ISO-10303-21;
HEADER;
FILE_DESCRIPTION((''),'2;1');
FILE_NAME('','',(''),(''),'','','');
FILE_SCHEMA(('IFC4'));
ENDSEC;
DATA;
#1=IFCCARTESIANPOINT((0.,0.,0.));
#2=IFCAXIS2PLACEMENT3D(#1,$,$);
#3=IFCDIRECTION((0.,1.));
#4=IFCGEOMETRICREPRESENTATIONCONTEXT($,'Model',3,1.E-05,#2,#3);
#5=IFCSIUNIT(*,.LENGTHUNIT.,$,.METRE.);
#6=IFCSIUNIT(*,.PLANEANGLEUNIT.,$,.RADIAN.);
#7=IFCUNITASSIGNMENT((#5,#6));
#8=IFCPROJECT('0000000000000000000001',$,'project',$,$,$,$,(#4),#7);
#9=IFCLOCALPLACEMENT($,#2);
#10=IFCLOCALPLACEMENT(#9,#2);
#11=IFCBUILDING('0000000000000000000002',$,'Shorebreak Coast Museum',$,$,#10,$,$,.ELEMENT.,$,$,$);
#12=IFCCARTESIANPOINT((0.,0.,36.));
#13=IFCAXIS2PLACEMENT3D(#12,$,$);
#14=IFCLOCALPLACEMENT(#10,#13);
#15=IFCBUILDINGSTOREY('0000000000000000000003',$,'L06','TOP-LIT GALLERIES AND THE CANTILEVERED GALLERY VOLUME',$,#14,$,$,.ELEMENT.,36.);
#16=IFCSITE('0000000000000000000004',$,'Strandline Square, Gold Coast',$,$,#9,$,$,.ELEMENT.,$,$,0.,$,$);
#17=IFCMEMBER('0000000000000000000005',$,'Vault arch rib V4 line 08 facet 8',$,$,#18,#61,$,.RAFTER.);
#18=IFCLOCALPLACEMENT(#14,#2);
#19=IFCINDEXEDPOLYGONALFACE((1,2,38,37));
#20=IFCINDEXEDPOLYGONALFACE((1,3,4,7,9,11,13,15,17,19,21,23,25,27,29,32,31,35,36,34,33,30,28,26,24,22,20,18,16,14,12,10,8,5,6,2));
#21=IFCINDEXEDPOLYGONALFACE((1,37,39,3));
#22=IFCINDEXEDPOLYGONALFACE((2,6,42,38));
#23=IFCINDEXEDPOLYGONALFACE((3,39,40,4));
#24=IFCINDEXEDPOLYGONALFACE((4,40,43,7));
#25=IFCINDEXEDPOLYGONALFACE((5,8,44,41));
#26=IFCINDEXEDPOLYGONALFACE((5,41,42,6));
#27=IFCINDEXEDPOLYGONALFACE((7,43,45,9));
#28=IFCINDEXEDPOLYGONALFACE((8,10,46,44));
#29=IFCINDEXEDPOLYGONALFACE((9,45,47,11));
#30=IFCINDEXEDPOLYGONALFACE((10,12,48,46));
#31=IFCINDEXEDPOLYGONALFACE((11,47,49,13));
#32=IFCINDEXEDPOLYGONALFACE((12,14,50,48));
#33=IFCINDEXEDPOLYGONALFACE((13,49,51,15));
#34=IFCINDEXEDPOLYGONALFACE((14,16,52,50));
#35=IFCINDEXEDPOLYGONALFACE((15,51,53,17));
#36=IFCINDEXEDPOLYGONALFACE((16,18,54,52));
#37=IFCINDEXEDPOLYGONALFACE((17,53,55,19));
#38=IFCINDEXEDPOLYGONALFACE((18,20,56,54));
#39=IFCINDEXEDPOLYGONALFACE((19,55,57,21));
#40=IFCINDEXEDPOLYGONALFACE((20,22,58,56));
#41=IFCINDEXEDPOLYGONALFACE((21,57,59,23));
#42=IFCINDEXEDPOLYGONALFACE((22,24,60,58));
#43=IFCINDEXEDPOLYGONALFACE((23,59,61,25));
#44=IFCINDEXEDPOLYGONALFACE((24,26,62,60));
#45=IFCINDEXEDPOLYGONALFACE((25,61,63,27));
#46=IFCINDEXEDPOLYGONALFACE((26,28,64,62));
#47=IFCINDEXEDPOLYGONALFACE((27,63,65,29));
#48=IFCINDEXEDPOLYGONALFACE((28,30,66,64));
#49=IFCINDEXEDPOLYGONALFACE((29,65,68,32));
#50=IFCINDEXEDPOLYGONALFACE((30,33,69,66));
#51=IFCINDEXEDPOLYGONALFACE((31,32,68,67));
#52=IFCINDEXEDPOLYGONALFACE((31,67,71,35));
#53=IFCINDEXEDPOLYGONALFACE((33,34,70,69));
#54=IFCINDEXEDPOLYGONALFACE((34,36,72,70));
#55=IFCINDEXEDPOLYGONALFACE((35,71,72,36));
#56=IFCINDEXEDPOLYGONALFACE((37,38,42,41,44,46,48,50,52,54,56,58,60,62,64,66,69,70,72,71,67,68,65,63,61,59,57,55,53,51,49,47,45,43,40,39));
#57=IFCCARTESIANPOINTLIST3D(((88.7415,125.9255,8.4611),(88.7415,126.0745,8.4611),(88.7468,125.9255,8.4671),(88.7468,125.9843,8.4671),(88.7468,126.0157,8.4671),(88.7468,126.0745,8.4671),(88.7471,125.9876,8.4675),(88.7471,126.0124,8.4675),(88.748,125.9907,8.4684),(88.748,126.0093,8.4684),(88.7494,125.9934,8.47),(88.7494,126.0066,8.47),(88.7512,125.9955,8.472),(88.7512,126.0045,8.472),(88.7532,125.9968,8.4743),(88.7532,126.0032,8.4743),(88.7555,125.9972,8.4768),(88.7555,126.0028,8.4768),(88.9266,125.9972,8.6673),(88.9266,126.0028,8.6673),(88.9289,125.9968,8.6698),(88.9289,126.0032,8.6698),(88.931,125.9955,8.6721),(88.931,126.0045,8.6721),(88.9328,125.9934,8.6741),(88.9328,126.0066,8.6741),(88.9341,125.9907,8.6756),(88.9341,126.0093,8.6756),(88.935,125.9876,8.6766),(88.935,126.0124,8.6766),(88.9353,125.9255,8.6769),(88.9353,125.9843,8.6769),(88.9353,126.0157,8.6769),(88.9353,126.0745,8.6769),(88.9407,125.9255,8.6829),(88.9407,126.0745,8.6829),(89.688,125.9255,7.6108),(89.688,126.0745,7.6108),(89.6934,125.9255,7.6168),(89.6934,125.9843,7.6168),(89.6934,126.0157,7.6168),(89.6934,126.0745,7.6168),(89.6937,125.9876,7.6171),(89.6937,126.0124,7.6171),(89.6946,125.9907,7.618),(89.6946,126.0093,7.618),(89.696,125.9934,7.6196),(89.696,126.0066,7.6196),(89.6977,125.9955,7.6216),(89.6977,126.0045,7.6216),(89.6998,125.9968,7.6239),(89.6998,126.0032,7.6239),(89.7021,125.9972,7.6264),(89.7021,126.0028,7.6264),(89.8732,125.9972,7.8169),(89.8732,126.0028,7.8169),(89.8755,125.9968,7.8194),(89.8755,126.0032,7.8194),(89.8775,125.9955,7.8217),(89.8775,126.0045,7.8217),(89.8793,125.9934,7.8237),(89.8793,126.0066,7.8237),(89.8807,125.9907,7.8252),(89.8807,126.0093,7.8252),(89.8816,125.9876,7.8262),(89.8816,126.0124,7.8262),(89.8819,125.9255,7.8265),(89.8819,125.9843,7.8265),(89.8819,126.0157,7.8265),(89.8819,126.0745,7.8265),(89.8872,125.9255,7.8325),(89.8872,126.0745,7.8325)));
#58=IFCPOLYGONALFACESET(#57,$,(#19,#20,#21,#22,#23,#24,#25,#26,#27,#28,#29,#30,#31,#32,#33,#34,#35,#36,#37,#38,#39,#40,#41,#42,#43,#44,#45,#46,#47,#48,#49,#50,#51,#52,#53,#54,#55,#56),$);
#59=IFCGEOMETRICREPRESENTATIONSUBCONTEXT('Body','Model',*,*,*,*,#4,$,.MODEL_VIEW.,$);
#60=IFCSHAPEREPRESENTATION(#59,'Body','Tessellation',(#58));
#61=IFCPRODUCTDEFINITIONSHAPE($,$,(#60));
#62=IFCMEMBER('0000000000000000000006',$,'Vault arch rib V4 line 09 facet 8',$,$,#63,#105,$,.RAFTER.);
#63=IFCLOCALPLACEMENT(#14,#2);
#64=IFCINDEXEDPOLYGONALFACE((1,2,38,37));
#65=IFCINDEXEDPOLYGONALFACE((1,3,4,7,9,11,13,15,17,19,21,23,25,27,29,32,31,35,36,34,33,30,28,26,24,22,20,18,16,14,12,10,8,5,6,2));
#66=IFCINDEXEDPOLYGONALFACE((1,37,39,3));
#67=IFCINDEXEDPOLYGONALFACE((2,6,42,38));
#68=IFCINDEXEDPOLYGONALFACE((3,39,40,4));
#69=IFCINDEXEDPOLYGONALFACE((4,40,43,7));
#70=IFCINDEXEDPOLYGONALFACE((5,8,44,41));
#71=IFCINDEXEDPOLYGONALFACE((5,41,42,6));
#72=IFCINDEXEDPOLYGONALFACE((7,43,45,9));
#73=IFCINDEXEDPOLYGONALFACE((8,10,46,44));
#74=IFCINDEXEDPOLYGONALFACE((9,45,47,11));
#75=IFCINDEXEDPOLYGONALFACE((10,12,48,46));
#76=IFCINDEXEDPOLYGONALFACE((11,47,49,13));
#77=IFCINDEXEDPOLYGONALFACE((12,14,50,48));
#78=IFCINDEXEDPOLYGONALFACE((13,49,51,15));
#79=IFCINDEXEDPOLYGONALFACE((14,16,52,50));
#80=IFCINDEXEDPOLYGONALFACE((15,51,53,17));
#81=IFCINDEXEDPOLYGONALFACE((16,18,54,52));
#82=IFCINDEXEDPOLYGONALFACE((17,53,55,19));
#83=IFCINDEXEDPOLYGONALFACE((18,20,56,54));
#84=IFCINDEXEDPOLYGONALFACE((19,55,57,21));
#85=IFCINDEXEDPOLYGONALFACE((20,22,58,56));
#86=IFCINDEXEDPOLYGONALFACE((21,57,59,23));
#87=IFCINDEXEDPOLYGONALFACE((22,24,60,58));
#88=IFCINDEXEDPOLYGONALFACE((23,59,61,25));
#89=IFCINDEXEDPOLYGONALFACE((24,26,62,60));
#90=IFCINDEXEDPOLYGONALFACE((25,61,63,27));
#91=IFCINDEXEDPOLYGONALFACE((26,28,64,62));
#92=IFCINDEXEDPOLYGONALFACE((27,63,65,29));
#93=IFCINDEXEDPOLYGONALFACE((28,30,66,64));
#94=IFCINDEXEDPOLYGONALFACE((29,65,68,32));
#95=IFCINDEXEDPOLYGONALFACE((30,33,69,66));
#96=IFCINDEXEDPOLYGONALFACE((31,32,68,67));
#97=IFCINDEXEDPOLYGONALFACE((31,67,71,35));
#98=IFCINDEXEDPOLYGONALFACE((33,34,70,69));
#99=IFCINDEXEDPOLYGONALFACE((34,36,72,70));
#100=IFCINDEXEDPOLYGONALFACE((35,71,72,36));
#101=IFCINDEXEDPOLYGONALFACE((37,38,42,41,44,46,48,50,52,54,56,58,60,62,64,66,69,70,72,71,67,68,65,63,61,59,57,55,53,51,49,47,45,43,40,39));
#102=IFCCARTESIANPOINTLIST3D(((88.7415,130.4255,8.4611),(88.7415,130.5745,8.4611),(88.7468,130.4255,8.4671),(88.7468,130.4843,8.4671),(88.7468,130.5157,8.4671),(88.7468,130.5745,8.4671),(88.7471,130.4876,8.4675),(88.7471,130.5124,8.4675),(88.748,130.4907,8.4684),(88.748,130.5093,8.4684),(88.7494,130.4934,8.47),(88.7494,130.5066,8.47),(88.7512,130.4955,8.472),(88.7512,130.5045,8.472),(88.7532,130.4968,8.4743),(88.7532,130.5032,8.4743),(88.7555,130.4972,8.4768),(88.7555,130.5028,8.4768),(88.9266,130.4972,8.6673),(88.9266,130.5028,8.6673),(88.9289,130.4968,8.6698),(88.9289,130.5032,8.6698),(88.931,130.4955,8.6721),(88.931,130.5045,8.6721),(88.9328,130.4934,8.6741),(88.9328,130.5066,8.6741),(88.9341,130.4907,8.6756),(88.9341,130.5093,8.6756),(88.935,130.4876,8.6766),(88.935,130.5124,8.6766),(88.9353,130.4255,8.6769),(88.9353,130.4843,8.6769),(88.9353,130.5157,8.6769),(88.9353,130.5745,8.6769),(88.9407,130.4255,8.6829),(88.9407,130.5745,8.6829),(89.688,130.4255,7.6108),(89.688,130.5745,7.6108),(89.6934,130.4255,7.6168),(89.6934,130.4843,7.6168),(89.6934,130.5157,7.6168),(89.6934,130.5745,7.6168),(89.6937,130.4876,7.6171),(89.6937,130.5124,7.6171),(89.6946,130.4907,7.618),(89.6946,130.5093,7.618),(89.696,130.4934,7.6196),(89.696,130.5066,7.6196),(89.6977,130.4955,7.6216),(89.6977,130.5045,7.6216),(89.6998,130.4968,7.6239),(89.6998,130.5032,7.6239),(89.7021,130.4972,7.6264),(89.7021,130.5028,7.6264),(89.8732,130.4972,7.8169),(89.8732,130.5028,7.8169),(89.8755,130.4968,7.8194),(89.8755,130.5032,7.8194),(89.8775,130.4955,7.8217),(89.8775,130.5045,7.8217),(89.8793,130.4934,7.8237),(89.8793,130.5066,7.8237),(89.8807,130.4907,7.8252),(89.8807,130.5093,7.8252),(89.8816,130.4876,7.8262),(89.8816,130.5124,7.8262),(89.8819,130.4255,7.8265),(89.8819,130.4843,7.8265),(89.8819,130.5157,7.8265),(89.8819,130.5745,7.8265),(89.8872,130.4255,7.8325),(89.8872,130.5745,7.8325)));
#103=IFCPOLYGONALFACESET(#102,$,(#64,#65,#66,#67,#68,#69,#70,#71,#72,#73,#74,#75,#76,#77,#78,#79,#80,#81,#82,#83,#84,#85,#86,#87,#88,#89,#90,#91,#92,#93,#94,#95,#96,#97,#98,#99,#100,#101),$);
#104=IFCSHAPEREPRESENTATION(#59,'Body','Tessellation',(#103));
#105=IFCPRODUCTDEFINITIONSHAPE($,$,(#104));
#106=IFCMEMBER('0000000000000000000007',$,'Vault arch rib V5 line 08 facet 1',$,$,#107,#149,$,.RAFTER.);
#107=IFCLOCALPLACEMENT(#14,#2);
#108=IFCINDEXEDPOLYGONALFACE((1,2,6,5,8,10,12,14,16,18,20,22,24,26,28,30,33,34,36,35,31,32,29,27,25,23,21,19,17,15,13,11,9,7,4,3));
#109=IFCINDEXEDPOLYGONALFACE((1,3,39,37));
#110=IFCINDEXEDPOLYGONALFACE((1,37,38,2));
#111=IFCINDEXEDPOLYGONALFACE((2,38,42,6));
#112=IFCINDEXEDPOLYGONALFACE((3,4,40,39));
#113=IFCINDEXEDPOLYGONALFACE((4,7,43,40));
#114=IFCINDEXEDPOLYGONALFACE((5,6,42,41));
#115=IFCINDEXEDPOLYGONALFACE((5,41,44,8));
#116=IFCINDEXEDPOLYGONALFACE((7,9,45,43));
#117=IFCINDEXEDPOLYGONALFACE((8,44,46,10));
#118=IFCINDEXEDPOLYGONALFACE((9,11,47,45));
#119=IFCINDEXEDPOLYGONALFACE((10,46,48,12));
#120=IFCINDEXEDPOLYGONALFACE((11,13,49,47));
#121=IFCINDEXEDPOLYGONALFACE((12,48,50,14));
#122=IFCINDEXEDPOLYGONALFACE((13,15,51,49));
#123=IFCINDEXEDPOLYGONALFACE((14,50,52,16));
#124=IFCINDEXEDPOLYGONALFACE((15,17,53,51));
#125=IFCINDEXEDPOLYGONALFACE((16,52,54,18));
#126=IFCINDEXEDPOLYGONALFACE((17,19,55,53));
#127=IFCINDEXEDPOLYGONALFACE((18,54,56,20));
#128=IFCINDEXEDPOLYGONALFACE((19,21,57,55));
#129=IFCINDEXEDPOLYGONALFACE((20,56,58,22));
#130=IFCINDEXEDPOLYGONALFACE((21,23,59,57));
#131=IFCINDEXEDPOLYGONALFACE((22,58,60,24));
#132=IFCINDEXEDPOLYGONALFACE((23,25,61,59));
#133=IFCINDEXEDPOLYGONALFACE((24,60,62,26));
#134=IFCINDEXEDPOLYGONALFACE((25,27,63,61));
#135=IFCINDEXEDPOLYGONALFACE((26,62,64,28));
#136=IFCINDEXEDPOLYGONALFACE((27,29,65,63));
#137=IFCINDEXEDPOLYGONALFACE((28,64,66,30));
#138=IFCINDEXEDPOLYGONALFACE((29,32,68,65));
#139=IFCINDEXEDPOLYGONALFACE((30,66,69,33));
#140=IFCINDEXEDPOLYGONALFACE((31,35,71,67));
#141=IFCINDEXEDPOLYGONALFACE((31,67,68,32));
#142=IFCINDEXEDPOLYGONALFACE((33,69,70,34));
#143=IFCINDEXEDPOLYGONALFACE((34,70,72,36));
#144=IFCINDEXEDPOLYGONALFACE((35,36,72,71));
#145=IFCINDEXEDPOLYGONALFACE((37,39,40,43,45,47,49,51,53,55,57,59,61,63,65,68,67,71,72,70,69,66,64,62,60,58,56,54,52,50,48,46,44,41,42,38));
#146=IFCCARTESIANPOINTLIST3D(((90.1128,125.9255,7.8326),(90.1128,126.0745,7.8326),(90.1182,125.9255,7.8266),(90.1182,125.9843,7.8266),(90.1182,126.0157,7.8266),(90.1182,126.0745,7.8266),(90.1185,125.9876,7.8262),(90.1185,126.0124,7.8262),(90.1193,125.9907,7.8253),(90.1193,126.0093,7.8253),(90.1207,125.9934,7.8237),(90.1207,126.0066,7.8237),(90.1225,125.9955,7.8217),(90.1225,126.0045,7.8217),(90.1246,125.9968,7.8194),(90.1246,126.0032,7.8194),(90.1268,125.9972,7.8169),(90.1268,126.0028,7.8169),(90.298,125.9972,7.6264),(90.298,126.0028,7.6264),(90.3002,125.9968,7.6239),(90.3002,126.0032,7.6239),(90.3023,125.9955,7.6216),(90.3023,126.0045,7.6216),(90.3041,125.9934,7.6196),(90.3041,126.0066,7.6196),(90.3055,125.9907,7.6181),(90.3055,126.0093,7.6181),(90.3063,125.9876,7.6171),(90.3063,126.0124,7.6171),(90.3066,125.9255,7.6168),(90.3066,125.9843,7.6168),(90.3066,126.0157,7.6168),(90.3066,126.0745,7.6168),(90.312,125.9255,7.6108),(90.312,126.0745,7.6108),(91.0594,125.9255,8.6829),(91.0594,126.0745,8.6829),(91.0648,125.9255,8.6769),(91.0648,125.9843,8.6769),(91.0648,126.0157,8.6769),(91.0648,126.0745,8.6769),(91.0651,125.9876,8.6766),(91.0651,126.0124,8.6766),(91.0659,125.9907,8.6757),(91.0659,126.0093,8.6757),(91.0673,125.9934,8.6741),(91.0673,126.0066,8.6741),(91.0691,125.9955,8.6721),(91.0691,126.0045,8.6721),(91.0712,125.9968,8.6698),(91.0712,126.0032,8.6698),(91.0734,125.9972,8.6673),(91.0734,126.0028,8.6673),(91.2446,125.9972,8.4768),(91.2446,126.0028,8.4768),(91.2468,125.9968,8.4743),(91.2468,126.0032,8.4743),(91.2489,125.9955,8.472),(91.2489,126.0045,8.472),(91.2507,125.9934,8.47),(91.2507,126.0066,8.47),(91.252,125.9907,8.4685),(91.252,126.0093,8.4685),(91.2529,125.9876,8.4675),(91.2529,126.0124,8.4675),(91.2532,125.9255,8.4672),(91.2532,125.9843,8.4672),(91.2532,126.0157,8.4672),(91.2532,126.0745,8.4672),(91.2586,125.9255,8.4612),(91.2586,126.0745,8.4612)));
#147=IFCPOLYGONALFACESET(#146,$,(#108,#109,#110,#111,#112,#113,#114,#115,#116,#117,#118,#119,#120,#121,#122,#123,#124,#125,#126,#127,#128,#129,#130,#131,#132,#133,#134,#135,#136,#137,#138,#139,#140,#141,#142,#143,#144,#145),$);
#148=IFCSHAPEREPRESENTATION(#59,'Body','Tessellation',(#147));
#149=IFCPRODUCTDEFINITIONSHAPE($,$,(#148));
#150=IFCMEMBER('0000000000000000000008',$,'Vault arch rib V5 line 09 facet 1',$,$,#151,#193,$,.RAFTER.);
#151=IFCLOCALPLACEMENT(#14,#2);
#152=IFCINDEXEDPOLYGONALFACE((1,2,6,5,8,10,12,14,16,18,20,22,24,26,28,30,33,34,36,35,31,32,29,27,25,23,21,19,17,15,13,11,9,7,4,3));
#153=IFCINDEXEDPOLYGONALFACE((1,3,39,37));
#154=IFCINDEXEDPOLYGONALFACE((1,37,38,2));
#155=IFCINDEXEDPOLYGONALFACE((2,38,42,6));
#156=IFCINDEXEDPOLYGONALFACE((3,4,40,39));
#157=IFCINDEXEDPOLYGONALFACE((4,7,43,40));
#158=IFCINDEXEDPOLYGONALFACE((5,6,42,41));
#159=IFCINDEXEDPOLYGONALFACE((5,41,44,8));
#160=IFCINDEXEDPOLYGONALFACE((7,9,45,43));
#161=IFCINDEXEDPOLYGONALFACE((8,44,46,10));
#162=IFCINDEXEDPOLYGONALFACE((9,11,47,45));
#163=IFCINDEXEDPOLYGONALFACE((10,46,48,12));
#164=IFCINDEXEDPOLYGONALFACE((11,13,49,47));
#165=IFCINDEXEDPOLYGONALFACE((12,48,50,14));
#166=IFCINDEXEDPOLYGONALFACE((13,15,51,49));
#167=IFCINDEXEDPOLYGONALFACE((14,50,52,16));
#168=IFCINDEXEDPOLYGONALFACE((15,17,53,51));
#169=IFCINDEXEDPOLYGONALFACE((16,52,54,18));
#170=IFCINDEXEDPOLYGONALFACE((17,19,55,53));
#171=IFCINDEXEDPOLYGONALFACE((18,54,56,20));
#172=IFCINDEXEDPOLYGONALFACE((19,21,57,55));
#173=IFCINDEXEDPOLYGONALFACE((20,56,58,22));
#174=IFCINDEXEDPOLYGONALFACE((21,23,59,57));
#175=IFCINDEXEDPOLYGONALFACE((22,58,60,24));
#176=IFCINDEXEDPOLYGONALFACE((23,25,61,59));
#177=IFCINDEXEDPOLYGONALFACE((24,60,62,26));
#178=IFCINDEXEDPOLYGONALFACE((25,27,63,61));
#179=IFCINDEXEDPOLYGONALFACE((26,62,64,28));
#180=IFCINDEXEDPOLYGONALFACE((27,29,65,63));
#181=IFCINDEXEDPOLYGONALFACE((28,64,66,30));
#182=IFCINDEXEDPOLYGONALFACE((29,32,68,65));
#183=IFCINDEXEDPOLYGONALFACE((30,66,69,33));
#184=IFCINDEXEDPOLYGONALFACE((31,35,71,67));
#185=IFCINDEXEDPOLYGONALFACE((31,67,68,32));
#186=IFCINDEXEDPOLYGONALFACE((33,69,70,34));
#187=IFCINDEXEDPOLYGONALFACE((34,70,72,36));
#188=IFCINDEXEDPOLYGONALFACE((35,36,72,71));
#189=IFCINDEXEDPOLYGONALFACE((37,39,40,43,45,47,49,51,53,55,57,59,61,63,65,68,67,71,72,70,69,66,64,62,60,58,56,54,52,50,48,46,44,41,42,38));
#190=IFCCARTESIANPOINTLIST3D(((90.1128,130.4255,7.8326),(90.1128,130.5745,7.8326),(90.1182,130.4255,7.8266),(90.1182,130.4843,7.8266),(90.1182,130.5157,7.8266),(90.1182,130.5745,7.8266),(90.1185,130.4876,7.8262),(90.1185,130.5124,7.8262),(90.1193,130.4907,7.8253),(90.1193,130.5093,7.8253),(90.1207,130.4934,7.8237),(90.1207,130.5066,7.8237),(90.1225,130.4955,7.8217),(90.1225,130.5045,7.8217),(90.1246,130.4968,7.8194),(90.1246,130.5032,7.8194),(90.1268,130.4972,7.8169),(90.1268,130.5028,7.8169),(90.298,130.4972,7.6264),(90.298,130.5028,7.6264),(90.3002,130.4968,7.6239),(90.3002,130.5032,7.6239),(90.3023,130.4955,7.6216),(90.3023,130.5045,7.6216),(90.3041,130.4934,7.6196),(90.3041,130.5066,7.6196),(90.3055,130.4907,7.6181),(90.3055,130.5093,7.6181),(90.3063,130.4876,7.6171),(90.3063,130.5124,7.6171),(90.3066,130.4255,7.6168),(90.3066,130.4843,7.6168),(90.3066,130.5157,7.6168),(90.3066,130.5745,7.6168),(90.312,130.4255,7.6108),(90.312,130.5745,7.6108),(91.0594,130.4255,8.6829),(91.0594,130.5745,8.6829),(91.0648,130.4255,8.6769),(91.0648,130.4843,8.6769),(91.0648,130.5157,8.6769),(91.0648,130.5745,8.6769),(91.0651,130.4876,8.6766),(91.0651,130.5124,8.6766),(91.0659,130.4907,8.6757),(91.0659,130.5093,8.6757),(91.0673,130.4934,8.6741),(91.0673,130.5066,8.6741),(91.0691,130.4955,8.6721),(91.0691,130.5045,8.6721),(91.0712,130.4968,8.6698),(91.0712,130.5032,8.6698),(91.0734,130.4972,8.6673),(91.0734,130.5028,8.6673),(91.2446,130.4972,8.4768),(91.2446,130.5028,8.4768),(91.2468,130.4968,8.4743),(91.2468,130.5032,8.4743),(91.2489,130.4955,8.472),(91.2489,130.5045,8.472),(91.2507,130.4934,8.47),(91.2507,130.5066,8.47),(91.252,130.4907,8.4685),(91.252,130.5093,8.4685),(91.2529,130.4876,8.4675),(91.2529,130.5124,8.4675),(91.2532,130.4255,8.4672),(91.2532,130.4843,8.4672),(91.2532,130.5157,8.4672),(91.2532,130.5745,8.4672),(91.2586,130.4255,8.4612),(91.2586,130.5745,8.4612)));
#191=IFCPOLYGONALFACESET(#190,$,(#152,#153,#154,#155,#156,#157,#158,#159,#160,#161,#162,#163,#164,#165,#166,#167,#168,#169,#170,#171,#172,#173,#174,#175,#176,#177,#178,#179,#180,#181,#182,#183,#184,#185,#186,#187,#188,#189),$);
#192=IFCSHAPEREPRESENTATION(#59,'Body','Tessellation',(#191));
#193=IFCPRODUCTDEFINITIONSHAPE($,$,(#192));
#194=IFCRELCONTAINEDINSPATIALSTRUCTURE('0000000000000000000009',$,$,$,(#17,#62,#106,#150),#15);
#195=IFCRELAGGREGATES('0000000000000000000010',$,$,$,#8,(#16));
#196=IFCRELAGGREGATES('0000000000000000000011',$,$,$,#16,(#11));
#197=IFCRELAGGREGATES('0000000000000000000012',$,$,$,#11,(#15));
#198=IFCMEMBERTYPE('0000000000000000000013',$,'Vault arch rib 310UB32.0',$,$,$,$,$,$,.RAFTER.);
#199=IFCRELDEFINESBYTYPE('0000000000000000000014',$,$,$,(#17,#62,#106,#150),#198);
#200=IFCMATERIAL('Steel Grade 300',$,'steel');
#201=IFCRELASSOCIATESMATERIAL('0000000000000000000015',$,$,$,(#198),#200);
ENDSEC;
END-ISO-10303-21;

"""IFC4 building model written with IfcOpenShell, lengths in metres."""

from ifc_helpers import new_model, si_unit, direction, frame, origin, origin_2d, place, context, subcontext, project, spatial, i_section, extrude, material, material_profile, profile_set, type_object, element, save


model = new_model("IFC4")

# Units and contexts
model_context = context("Model", 3, precision=1e-05, world=origin(), true_north=direction((0.0, 1.0)))
body_context = subcontext(model_context, "Body", "Model", "MODEL_VIEW")
ifc_project = project(units=[si_unit("LENGTHUNIT", "METRE"), si_unit("PLANEANGLEUNIT", "RADIAN")], contexts=[model_context])

# Site, building, storey
site_placement = place(None, origin())
site = spatial("IfcSite", under=ifc_project, at=site_placement, Name="Strandline Square, Gold Coast", CompositionType="ELEMENT", RefElevation=0.0)
building_placement = place(site_placement, origin())
building = spatial("IfcBuilding", under=site, at=building_placement, Name="Shorebreak Coast Museum", CompositionType="ELEMENT")
storey_placement = place(building_placement, frame((0.0, 0.0, 36.0)))
storey = spatial("IfcBuildingStorey", under=building, at=storey_placement, Name="L06", Description="TOP-LIT GALLERIES AND THE CANTILEVERED GALLERY VOLUME", CompositionType="ELEMENT", Elevation=36.0)

# Members
ifc_material_1 = material(Name="Steel Grade 300", Category="steel")
ifc_material_profile_1 = material_profile(ifc_material_1, i_section(OverallWidth=0.1489, OverallDepth=0.2981, WebThickness=0.0056, FlangeThickness=0.0081, FilletRadius=0.0129, at=origin_2d()), Name="310UB32.0")
ifc_profile_set_1 = profile_set([ifc_material_profile_1], Name="Steel Grade 300")
member_type_1 = type_object("IfcMemberType", Name="Vault arch rib 310UB32.0", PredefinedType="RAFTER", material=ifc_profile_set_1)
for number, where, z_axis, x_axis, name in (
    (1, (88.8411, 126.0, 8.572), (0.743895, 0.0, -0.668297), (0.0, 1.0, 0.0), "Vault arch rib V4 line 08 facet 8"),
    (2, (88.8411, 130.5, 8.572), (0.743895, 0.0, -0.668297), (0.0, 1.0, 0.0), "Vault arch rib V4 line 09 facet 8"),
    (3, (90.2124, 126.0, 7.7217), (0.743895, 0.0, 0.668297), (0.0, 1.0, 0.0), "Vault arch rib V5 line 08 facet 1"),
    (4, (90.2124, 130.5, 7.7217), (0.743895, 0.0, 0.668297), (0.0, 1.0, 0.0), "Vault arch rib V5 line 09 facet 1"),
):
    element("IfcMember", number, at=place(storey_placement, frame(where, z_axis=z_axis, x_axis=x_axis)), inside=storey, type_object=member_type_1, Name=name, PredefinedType="RAFTER", context=body_context, shape_type="SweptSolid", body=[
        extrude(i_section(OverallWidth=0.1489, OverallDepth=0.2981, WebThickness=0.0056, FlangeThickness=0.0081, FilletRadius=0.0129, at=origin_2d()), origin(), (0.0, 0.0, 1.0), 1.2725),
    ])

save(model, "model.ifc")
